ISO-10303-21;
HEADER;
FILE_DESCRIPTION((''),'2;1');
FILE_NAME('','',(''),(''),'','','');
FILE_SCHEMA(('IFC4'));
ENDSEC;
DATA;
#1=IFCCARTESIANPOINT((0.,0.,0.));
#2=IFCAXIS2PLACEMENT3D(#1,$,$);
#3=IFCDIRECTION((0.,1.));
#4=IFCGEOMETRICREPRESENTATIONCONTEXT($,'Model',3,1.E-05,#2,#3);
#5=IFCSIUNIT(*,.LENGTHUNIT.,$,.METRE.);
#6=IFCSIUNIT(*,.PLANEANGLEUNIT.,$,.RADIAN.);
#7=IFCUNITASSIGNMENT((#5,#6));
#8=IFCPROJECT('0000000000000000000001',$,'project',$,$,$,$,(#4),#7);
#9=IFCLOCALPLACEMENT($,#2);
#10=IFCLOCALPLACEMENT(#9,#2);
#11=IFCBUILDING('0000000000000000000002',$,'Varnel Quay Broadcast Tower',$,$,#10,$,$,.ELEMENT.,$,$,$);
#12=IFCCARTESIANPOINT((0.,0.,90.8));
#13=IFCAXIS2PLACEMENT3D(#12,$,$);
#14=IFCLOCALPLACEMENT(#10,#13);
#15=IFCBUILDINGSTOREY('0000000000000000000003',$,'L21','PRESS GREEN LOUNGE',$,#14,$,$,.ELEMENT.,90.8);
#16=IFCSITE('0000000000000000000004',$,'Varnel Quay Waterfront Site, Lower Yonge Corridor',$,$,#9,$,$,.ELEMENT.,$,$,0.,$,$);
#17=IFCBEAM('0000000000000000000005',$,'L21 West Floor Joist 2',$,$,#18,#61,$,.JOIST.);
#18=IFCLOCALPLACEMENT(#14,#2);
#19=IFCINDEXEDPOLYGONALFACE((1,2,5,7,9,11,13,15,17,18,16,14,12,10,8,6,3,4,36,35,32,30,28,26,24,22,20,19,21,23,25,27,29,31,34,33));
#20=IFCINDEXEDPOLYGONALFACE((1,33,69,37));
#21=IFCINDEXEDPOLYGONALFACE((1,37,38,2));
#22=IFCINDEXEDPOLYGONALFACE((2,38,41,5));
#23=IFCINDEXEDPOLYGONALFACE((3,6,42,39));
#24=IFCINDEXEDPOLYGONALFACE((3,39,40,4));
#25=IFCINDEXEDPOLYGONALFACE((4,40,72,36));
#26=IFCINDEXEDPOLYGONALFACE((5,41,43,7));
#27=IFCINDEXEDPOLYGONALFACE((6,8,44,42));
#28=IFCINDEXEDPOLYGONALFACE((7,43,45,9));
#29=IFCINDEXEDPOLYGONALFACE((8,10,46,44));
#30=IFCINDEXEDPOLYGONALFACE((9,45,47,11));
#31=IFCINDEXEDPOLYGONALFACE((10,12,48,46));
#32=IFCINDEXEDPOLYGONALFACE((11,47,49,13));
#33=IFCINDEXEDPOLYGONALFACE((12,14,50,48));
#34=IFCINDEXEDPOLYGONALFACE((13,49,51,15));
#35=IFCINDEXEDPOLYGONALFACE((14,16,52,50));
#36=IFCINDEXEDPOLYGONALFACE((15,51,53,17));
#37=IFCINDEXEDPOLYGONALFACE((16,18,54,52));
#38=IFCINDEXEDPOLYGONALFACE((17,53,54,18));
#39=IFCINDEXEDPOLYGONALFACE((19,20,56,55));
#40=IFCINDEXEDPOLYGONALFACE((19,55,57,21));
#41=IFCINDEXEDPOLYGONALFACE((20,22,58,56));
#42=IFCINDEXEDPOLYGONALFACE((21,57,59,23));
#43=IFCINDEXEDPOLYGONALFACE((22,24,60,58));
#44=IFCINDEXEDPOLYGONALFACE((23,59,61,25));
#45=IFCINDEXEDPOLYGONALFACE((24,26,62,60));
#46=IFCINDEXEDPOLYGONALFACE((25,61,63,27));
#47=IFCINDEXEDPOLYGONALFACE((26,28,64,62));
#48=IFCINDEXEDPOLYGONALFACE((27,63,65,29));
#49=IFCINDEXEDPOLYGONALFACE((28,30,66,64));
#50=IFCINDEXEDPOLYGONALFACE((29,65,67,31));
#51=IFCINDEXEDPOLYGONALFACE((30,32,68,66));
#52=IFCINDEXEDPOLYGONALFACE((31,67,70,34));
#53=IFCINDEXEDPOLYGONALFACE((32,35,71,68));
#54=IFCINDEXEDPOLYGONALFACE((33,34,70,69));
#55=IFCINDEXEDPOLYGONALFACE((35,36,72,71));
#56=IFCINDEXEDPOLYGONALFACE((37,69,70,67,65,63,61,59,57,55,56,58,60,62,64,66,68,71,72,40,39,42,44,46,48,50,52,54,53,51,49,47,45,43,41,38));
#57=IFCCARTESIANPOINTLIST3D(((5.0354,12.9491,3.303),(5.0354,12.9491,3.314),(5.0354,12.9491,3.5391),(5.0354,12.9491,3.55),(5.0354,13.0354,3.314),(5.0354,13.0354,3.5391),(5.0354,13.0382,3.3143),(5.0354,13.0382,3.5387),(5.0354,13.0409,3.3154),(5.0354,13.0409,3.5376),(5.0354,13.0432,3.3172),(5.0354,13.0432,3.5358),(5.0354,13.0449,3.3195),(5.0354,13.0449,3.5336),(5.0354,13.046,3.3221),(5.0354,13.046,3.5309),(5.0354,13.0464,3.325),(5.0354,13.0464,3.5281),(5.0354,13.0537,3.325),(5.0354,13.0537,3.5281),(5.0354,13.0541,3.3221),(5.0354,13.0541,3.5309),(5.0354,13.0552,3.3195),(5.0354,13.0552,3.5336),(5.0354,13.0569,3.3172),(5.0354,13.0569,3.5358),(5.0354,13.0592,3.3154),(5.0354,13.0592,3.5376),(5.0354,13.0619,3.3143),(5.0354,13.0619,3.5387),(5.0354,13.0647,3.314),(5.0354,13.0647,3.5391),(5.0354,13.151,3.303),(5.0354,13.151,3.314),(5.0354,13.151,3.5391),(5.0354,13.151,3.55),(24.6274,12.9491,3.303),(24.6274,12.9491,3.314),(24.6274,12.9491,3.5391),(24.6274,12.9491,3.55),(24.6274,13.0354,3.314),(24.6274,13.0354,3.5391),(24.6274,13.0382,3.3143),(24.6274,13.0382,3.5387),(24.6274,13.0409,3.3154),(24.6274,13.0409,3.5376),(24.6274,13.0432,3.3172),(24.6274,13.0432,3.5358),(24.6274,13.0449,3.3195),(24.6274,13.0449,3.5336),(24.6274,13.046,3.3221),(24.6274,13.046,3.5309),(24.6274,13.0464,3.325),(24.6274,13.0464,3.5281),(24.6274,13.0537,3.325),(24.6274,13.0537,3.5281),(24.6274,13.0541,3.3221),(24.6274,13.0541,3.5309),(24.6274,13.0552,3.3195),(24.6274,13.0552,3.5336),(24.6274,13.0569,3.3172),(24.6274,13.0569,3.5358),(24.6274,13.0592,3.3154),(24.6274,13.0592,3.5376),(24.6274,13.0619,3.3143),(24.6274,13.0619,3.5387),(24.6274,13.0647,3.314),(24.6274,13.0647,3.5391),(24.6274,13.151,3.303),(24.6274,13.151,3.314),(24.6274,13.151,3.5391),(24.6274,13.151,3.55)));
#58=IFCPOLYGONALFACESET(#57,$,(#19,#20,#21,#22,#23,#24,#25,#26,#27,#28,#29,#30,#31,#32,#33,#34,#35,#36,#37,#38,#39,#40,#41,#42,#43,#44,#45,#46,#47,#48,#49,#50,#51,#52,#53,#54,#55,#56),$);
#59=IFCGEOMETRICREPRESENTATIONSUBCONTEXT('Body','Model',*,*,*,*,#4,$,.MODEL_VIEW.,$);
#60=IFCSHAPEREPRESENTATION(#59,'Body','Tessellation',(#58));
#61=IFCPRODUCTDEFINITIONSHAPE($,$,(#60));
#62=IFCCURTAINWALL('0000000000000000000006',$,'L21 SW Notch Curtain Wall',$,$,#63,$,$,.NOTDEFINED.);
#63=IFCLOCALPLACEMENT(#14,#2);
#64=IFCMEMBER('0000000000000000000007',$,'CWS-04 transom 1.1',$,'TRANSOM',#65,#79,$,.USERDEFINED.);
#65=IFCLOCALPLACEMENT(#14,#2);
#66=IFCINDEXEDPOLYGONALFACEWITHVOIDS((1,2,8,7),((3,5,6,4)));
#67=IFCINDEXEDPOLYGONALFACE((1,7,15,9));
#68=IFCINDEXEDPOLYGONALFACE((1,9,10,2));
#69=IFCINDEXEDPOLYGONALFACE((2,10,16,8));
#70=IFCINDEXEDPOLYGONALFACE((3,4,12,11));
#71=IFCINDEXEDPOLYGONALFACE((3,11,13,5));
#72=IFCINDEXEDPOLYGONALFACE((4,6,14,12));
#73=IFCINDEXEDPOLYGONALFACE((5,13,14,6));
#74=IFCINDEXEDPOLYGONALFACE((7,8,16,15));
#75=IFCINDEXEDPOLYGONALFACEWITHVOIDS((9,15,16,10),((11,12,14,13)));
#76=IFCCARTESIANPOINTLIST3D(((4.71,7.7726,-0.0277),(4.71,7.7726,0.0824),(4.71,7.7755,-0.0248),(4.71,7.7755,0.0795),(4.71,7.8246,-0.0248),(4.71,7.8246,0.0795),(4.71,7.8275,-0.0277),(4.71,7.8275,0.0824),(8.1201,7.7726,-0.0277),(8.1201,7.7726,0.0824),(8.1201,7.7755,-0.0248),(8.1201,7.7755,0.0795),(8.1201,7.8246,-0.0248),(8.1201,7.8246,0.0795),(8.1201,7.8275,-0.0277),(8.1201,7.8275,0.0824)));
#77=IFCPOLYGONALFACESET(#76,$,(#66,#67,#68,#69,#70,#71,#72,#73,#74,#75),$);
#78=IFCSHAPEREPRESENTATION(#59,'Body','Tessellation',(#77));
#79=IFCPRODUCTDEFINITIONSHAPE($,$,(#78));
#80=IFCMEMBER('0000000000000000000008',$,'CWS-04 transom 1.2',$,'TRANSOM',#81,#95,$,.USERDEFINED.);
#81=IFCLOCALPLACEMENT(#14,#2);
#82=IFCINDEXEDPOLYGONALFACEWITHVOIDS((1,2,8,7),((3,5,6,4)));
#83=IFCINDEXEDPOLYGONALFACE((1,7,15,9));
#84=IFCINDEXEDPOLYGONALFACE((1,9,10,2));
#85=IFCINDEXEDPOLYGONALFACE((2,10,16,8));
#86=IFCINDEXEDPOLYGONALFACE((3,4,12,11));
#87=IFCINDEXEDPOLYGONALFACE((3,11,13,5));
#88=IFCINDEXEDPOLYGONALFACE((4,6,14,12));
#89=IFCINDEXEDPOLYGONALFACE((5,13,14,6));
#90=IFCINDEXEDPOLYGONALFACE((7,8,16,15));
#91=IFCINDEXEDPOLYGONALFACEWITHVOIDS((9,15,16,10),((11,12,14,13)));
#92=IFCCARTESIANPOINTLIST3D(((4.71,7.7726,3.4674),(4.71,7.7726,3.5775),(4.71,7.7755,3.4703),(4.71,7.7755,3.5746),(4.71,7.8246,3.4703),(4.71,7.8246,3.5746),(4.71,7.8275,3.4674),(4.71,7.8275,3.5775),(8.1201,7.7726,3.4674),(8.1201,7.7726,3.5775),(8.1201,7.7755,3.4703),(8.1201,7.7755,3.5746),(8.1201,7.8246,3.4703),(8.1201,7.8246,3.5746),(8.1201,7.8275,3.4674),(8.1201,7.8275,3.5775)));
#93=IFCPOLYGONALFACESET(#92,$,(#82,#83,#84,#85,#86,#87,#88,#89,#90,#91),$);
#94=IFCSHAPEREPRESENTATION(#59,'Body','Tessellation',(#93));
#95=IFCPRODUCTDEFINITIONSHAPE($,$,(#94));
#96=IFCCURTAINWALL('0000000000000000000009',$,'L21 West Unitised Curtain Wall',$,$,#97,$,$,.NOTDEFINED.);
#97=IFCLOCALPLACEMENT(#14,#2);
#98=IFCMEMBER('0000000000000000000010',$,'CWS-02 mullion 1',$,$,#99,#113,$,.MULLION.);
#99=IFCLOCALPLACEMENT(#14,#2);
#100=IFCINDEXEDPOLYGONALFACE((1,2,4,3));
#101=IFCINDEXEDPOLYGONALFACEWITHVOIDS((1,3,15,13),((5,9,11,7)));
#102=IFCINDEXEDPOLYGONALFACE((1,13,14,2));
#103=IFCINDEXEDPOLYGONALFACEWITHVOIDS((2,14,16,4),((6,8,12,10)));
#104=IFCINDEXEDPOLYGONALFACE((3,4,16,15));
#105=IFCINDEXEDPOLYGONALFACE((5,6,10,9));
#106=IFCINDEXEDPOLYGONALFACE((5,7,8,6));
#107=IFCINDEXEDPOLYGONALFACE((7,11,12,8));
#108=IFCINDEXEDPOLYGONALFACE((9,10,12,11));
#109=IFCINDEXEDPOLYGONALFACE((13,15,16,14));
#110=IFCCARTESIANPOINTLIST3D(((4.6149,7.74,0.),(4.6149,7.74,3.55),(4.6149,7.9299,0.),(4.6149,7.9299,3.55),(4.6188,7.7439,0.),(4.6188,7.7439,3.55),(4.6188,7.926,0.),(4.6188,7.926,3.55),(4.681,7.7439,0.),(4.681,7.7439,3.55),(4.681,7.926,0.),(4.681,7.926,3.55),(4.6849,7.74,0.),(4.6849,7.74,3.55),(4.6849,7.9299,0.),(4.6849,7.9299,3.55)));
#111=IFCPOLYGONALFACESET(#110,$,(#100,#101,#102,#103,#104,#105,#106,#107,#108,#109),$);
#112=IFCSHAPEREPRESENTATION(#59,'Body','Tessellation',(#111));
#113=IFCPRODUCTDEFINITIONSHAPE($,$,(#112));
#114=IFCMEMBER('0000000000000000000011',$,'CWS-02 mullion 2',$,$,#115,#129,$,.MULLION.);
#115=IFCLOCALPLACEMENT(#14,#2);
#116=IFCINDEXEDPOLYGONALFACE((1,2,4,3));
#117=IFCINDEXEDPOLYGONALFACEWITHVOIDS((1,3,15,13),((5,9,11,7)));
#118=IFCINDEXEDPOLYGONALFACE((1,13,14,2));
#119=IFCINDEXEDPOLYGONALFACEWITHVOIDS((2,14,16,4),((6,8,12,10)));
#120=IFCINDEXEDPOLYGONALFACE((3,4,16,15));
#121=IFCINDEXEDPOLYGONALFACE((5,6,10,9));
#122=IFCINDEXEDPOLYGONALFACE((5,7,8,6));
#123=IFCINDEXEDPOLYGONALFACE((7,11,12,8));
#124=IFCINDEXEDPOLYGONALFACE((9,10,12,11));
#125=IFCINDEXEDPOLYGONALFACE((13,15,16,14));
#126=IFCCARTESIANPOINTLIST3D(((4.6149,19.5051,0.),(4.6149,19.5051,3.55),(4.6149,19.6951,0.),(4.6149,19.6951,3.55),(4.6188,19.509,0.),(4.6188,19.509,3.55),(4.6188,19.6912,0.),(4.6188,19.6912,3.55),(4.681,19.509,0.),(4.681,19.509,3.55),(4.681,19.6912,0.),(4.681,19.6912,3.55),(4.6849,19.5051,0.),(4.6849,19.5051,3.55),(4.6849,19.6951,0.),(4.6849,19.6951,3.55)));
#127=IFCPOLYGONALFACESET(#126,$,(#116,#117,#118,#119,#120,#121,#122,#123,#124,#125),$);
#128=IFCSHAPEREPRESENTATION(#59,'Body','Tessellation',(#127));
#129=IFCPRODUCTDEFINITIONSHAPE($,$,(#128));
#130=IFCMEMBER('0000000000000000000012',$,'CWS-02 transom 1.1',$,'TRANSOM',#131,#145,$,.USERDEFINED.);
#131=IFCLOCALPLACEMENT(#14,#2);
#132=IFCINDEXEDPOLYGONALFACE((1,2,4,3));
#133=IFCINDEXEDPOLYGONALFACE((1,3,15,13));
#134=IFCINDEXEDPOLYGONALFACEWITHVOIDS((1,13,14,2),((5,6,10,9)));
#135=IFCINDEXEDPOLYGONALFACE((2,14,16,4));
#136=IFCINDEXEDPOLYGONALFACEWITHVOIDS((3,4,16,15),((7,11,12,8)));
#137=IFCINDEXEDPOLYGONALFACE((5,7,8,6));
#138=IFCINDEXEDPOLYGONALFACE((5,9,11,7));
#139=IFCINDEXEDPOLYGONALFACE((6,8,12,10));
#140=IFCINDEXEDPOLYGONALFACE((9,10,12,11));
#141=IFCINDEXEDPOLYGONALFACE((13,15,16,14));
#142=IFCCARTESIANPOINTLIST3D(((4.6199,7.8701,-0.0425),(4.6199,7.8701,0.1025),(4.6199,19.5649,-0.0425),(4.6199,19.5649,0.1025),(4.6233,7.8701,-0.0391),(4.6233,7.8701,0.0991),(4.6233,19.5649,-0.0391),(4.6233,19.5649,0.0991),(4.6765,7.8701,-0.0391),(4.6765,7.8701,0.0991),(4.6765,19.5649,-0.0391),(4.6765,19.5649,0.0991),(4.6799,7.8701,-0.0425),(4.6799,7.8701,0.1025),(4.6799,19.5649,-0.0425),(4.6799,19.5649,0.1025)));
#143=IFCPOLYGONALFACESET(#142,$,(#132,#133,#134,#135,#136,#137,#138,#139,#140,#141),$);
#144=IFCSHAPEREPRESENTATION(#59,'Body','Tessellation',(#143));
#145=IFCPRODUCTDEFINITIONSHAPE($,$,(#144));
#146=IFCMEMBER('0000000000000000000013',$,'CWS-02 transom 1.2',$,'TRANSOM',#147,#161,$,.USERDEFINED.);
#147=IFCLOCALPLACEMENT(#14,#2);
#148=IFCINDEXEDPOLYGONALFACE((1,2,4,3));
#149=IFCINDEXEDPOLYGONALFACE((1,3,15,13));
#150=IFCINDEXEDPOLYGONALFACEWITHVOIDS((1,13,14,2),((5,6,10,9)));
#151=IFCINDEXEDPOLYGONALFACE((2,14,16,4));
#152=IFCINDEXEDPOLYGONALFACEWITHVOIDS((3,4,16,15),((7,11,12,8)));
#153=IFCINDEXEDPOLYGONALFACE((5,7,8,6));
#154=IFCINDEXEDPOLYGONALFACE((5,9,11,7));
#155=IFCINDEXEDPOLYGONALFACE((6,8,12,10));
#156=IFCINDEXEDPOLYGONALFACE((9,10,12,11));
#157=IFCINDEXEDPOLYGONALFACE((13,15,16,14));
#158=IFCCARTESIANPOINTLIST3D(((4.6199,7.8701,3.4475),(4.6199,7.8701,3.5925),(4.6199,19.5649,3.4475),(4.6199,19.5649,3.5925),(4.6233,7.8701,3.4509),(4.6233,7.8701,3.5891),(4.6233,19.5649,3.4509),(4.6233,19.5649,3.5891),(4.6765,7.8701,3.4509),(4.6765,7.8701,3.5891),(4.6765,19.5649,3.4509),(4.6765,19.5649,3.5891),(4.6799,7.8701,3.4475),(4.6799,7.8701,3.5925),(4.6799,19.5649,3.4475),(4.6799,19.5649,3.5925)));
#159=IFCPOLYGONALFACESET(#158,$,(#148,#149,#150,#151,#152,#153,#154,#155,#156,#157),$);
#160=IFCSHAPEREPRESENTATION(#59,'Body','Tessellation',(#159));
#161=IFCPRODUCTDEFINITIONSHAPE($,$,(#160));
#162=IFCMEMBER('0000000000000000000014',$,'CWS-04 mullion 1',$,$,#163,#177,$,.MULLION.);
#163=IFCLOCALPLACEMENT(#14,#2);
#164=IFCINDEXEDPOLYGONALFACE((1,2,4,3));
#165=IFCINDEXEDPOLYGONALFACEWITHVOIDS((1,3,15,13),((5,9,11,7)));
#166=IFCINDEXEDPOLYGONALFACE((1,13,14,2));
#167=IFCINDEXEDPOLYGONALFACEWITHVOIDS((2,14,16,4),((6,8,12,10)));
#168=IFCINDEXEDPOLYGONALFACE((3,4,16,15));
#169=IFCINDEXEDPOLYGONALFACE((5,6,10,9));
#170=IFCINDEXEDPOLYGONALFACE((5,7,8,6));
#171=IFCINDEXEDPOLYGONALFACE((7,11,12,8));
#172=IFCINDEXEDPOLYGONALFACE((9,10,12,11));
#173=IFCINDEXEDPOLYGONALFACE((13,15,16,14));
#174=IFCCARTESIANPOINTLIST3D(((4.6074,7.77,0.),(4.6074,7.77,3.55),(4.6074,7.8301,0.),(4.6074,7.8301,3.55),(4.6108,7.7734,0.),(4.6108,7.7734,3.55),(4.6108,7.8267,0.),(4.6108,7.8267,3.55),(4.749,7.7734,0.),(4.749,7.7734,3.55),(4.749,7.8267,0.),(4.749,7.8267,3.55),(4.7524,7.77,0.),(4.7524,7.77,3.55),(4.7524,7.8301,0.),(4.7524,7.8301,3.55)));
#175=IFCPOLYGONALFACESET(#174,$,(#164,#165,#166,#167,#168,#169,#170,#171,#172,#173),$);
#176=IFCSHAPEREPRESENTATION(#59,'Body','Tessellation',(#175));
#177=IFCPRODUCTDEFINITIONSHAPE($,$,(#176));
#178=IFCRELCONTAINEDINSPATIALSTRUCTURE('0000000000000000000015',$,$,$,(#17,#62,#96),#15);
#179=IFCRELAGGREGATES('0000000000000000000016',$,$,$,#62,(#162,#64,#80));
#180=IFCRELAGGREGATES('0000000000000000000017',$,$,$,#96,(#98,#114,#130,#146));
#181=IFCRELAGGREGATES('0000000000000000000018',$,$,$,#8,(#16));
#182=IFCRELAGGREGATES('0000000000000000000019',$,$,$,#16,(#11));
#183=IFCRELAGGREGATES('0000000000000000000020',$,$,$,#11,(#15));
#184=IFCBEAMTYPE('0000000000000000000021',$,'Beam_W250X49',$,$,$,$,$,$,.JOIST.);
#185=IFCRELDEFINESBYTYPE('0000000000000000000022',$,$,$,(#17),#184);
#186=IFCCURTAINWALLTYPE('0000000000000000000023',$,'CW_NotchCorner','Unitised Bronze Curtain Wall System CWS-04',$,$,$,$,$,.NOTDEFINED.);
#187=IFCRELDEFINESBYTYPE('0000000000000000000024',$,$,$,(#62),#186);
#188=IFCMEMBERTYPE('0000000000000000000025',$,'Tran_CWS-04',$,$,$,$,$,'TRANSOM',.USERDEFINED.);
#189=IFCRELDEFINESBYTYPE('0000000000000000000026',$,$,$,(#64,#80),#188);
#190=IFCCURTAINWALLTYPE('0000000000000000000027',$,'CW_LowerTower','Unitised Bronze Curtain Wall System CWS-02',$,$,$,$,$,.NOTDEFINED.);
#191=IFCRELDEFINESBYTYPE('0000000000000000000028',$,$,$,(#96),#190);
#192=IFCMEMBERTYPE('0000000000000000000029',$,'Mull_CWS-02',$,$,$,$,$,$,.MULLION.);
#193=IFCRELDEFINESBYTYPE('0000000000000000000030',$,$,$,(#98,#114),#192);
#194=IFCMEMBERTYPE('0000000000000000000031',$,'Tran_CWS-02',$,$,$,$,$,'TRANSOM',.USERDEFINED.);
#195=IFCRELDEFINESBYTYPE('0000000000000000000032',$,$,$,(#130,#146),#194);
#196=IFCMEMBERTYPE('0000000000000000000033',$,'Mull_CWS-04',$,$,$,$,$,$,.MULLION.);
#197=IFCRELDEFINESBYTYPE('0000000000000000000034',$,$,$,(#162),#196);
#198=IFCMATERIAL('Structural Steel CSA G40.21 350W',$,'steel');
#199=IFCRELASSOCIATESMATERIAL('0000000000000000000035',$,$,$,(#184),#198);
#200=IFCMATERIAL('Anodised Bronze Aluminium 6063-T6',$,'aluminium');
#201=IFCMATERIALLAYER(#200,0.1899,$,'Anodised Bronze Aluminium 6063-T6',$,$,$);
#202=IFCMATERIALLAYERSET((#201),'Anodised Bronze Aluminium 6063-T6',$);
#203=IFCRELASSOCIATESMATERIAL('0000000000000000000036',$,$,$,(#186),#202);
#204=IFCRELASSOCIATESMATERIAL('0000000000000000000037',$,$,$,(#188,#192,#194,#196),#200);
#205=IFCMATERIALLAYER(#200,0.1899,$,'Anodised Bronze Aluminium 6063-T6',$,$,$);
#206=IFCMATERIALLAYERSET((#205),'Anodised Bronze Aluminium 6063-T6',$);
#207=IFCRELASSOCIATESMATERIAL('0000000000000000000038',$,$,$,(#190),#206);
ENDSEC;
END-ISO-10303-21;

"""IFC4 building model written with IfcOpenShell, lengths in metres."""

from ifc_helpers import new_model, si_unit, direction, frame, origin, origin_2d, place, context, subcontext, project, spatial, hollow_rectangle, i_section, extrude, source, transform, mapped, material, layer, layer_set, material_profile, profile_set, type_object, type_shapes, element, aggregate, save


model = new_model("IFC4")

# Units and contexts
model_context = context("Model", 3, precision=1e-05, world=origin(), true_north=direction((0.0, 1.0)))
body_context = subcontext(model_context, "Body", "Model", "MODEL_VIEW")
ifc_project = project(units=[si_unit("LENGTHUNIT", "METRE"), si_unit("PLANEANGLEUNIT", "RADIAN")], contexts=[model_context])

# Site, building, storey
site_placement = place(None, origin())
site = spatial("IfcSite", under=ifc_project, at=site_placement, Name="Varnel Quay Waterfront Site, Lower Yonge Corridor", CompositionType="ELEMENT", RefElevation=0.0)
building_placement = place(site_placement, origin())
building = spatial("IfcBuilding", under=site, at=building_placement, Name="Varnel Quay Broadcast Tower", CompositionType="ELEMENT")
storey_placement = place(building_placement, frame((0.0, 0.0, 90.8)))
storey = spatial("IfcBuildingStorey", under=building, at=storey_placement, Name="L21", Description="PRESS GREEN LOUNGE", CompositionType="ELEMENT", Elevation=90.8)

# Shared definitions
ifc_material_1 = material(Name="Structural Steel CSA G40.21 350W", Category="steel")

# Beam
ifc_material_profile_1 = material_profile(ifc_material_1, i_section(OverallWidth=0.2019, OverallDepth=0.2471, WebThickness=0.0073, FlangeThickness=0.011, FilletRadius=0.011, at=origin_2d()), Name="W250X49")
ifc_profile_set_1 = profile_set([ifc_material_profile_1], Name="Structural Steel CSA G40.21 350W")
beam_type_1 = type_object("IfcBeamType", Name="Beam_W250X49", PredefinedType="JOIST", material=ifc_profile_set_1)
shared_shape_1 = source(origin(), body_context, "Body", "SweptSolid", [
    extrude(i_section(OverallWidth=0.2019, OverallDepth=0.2471, WebThickness=0.0073, FlangeThickness=0.011, FilletRadius=0.011, at=origin_2d()), origin(), (0.0, 0.0, 1.0), 19.592),
])
type_shapes(beam_type_1, [shared_shape_1])
beam_1_placement = place(storey_placement, frame((5.0354, 13.05, 3.4265), z_axis=(1.0, 0.0, 0.0), x_axis=(0.0, 1.0, 0.0)))
element("IfcBeam", 1, at=beam_1_placement, inside=storey, type_object=beam_type_1, Name="L21 West Floor Joist 2", PredefinedType="JOIST", context=body_context, shape_type="MappedRepresentation", body=[
    mapped(shared_shape_1, transform((0.0, 0.0, 0.0), x_axis=(1.0, 0.0, 0.0), y_axis=(0.0, 1.0, 0.0), z_axis=(0.0, 0.0, 1.0), scale=1.0)),
])

# Curtain walls, members
ifc_material_2 = material(Name="Anodised Bronze Aluminium 6063-T6", Category="aluminium")
ifc_layer_1 = layer(ifc_material_2, 0.1899, Name="Anodised Bronze Aluminium 6063-T6")
ifc_layer_set_1 = layer_set([ifc_layer_1], Name="Anodised Bronze Aluminium 6063-T6")
curtain_wall_type_1 = type_object("IfcCurtainWallType", Name="CW_NotchCorner", Description="Unitised Bronze Curtain Wall System CWS-04", PredefinedType="NOTDEFINED", material=ifc_layer_set_1)
curtain_wall_1_placement = place(storey_placement, origin())
curtain_wall_1 = element("IfcCurtainWall", 2, at=curtain_wall_1_placement, inside=storey, type_object=curtain_wall_type_1, Name="L21 SW Notch Curtain Wall", PredefinedType="NOTDEFINED")
ifc_material_profile_2 = material_profile(ifc_material_2, hollow_rectangle(XDim=0.0549, YDim=0.1101, WallThickness=0.0029, at=origin_2d()), Name="ALU55X110X3")
ifc_profile_set_2 = profile_set([ifc_material_profile_2], Name="Anodised Bronze Aluminium 6063-T6")
member_type_1 = type_object("IfcMemberType", Name="Tran_CWS-04", ElementType="TRANSOM", PredefinedType="USERDEFINED", material=ifc_profile_set_2)
shared_shape_2 = source(origin(), body_context, "Body", "SweptSolid", [
    extrude(hollow_rectangle(XDim=0.0549, YDim=0.1101, WallThickness=0.0029, at=origin_2d()), origin(), (0.0, 0.0, 1.0), 3.4102),
])
type_shapes(member_type_1, [shared_shape_2])
member_1_placement = place(storey_placement, frame((4.71, 7.8, 0.0273), z_axis=(1.0, 0.0, 0.0), x_axis=(0.0, 1.0, 0.0)))
member_1 = element("IfcMember", 3, at=member_1_placement, type_object=member_type_1, Name="CWS-04 transom 1.1", ObjectType="TRANSOM", PredefinedType="USERDEFINED", context=body_context, shape_type="MappedRepresentation", body=[
    mapped(shared_shape_2, transform((0.0, 0.0, 0.0), x_axis=(1.0, 0.0, 0.0), y_axis=(0.0, 1.0, 0.0), z_axis=(0.0, 0.0, 1.0), scale=1.0)),
])
member_2_placement = place(storey_placement, frame((4.71, 7.8, 3.5225), z_axis=(1.0, 0.0, 0.0), x_axis=(0.0, 1.0, 0.0)))
member_2 = element("IfcMember", 4, at=member_2_placement, type_object=member_type_1, Name="CWS-04 transom 1.2", ObjectType="TRANSOM", PredefinedType="USERDEFINED", context=body_context, shape_type="MappedRepresentation", body=[
    mapped(shared_shape_2, transform((0.0, 0.0, 0.0), x_axis=(1.0, 0.0, 0.0), y_axis=(0.0, 1.0, 0.0), z_axis=(0.0, 0.0, 1.0), scale=1.0)),
])
ifc_layer_2 = layer(ifc_material_2, 0.1899, Name="Anodised Bronze Aluminium 6063-T6")
ifc_layer_set_2 = layer_set([ifc_layer_2], Name="Anodised Bronze Aluminium 6063-T6")
curtain_wall_type_2 = type_object("IfcCurtainWallType", Name="CW_LowerTower", Description="Unitised Bronze Curtain Wall System CWS-02", PredefinedType="NOTDEFINED", material=ifc_layer_set_2)
curtain_wall_2_placement = place(storey_placement, origin())
curtain_wall_2 = element("IfcCurtainWall", 5, at=curtain_wall_2_placement, inside=storey, type_object=curtain_wall_type_2, Name="L21 West Unitised Curtain Wall", PredefinedType="NOTDEFINED")
ifc_material_profile_3 = material_profile(ifc_material_2, hollow_rectangle(XDim=0.0701, YDim=0.1899, WallThickness=0.0039, at=origin_2d()), Name="ALU70X190X4")
ifc_profile_set_3 = profile_set([ifc_material_profile_3], Name="Anodised Bronze Aluminium 6063-T6")
member_type_2 = type_object("IfcMemberType", Name="Mull_CWS-02", PredefinedType="MULLION", material=ifc_profile_set_3)
shared_shape_3 = source(origin(), body_context, "Body", "SweptSolid", [
    extrude(hollow_rectangle(XDim=0.0701, YDim=0.1899, WallThickness=0.0039, at=origin_2d()), origin(), (0.0, 0.0, 1.0), 3.55),
])
type_shapes(member_type_2, [shared_shape_3])
member_3_placement = place(storey_placement, frame((4.6499, 7.835, 0.0), z_axis=(0.0, 0.0, 1.0), x_axis=(-1.0, 0.0, 0.0)))
member_3 = element("IfcMember", 6, at=member_3_placement, type_object=member_type_2, Name="CWS-02 mullion 1", PredefinedType="MULLION", context=body_context, shape_type="MappedRepresentation", body=[
    mapped(shared_shape_3, transform((0.0, 0.0, 0.0), x_axis=(1.0, 0.0, 0.0), y_axis=(0.0, 1.0, 0.0), z_axis=(0.0, 0.0, 1.0), scale=1.0)),
])
member_4_placement = place(storey_placement, frame((4.6499, 19.6001, 0.0), z_axis=(0.0, 0.0, 1.0), x_axis=(-1.0, 0.0, 0.0)))
member_4 = element("IfcMember", 7, at=member_4_placement, type_object=member_type_2, Name="CWS-02 mullion 2", PredefinedType="MULLION", context=body_context, shape_type="MappedRepresentation", body=[
    mapped(shared_shape_3, transform((0.0, 0.0, 0.0), x_axis=(1.0, 0.0, 0.0), y_axis=(0.0, 1.0, 0.0), z_axis=(0.0, 0.0, 1.0), scale=1.0)),
])
ifc_material_profile_4 = material_profile(ifc_material_2, hollow_rectangle(XDim=0.0601, YDim=0.145, WallThickness=0.0034, at=origin_2d()), Name="ALU60X145X3.5")
ifc_profile_set_4 = profile_set([ifc_material_profile_4], Name="Anodised Bronze Aluminium 6063-T6")
member_type_3 = type_object("IfcMemberType", Name="Tran_CWS-02", ElementType="TRANSOM", PredefinedType="USERDEFINED", material=ifc_profile_set_4)
shared_shape_4 = source(origin(), body_context, "Body", "SweptSolid", [
    extrude(hollow_rectangle(XDim=0.0601, YDim=0.145, WallThickness=0.0034, at=origin_2d()), origin(), (0.0, 0.0, 1.0), 11.6948),
])
type_shapes(member_type_3, [shared_shape_4])
member_5_placement = place(storey_placement, frame((4.6499, 7.8701, 0.03), z_axis=(0.0, 1.0, 0.0), x_axis=(-1.0, 0.0, 0.0)))
member_5 = element("IfcMember", 8, at=member_5_placement, type_object=member_type_3, Name="CWS-02 transom 1.1", ObjectType="TRANSOM", PredefinedType="USERDEFINED", context=body_context, shape_type="MappedRepresentation", body=[
    mapped(shared_shape_4, transform((0.0, 0.0, 0.0), x_axis=(1.0, 0.0, 0.0), y_axis=(0.0, 1.0, 0.0), z_axis=(0.0, 0.0, 1.0), scale=1.0)),
])
member_6_placement = place(storey_placement, frame((4.6499, 7.8701, 3.52), z_axis=(0.0, 1.0, 0.0), x_axis=(-1.0, 0.0, 0.0)))
member_6 = element("IfcMember", 9, at=member_6_placement, type_object=member_type_3, Name="CWS-02 transom 1.2", ObjectType="TRANSOM", PredefinedType="USERDEFINED", context=body_context, shape_type="MappedRepresentation", body=[
    mapped(shared_shape_4, transform((0.0, 0.0, 0.0), x_axis=(1.0, 0.0, 0.0), y_axis=(0.0, 1.0, 0.0), z_axis=(0.0, 0.0, 1.0), scale=1.0)),
])

# Member
ifc_material_profile_5 = material_profile(ifc_material_2, hollow_rectangle(XDim=0.0601, YDim=0.145, WallThickness=0.0034, at=origin_2d()), Name="ALU60X145X3.5")
ifc_profile_set_5 = profile_set([ifc_material_profile_5], Name="Anodised Bronze Aluminium 6063-T6")
member_type_4 = type_object("IfcMemberType", Name="Mull_CWS-04", PredefinedType="MULLION", material=ifc_profile_set_5)
shared_shape_5 = source(origin(), body_context, "Body", "SweptSolid", [
    extrude(hollow_rectangle(XDim=0.0601, YDim=0.145, WallThickness=0.0034, at=origin_2d()), origin(), (0.0, 0.0, 1.0), 3.55),
])
type_shapes(member_type_4, [shared_shape_5])
member_7_placement = place(storey_placement, frame((4.6799, 7.8, 0.0), z_axis=(0.0, 0.0, 1.0), x_axis=(0.0, 1.0, 0.0)))
member_7 = element("IfcMember", 10, at=member_7_placement, type_object=member_type_4, Name="CWS-04 mullion 1", PredefinedType="MULLION", context=body_context, shape_type="MappedRepresentation", body=[
    mapped(shared_shape_5, transform((0.0, 0.0, 0.0), x_axis=(1.0, 0.0, 0.0), y_axis=(0.0, 1.0, 0.0), z_axis=(0.0, 0.0, 1.0), scale=1.0)),
])
aggregate(curtain_wall_1, [member_7, member_1, member_2])

aggregate(curtain_wall_2, [member_3, member_4, member_5, member_6])

save(model, "model.ifc")
